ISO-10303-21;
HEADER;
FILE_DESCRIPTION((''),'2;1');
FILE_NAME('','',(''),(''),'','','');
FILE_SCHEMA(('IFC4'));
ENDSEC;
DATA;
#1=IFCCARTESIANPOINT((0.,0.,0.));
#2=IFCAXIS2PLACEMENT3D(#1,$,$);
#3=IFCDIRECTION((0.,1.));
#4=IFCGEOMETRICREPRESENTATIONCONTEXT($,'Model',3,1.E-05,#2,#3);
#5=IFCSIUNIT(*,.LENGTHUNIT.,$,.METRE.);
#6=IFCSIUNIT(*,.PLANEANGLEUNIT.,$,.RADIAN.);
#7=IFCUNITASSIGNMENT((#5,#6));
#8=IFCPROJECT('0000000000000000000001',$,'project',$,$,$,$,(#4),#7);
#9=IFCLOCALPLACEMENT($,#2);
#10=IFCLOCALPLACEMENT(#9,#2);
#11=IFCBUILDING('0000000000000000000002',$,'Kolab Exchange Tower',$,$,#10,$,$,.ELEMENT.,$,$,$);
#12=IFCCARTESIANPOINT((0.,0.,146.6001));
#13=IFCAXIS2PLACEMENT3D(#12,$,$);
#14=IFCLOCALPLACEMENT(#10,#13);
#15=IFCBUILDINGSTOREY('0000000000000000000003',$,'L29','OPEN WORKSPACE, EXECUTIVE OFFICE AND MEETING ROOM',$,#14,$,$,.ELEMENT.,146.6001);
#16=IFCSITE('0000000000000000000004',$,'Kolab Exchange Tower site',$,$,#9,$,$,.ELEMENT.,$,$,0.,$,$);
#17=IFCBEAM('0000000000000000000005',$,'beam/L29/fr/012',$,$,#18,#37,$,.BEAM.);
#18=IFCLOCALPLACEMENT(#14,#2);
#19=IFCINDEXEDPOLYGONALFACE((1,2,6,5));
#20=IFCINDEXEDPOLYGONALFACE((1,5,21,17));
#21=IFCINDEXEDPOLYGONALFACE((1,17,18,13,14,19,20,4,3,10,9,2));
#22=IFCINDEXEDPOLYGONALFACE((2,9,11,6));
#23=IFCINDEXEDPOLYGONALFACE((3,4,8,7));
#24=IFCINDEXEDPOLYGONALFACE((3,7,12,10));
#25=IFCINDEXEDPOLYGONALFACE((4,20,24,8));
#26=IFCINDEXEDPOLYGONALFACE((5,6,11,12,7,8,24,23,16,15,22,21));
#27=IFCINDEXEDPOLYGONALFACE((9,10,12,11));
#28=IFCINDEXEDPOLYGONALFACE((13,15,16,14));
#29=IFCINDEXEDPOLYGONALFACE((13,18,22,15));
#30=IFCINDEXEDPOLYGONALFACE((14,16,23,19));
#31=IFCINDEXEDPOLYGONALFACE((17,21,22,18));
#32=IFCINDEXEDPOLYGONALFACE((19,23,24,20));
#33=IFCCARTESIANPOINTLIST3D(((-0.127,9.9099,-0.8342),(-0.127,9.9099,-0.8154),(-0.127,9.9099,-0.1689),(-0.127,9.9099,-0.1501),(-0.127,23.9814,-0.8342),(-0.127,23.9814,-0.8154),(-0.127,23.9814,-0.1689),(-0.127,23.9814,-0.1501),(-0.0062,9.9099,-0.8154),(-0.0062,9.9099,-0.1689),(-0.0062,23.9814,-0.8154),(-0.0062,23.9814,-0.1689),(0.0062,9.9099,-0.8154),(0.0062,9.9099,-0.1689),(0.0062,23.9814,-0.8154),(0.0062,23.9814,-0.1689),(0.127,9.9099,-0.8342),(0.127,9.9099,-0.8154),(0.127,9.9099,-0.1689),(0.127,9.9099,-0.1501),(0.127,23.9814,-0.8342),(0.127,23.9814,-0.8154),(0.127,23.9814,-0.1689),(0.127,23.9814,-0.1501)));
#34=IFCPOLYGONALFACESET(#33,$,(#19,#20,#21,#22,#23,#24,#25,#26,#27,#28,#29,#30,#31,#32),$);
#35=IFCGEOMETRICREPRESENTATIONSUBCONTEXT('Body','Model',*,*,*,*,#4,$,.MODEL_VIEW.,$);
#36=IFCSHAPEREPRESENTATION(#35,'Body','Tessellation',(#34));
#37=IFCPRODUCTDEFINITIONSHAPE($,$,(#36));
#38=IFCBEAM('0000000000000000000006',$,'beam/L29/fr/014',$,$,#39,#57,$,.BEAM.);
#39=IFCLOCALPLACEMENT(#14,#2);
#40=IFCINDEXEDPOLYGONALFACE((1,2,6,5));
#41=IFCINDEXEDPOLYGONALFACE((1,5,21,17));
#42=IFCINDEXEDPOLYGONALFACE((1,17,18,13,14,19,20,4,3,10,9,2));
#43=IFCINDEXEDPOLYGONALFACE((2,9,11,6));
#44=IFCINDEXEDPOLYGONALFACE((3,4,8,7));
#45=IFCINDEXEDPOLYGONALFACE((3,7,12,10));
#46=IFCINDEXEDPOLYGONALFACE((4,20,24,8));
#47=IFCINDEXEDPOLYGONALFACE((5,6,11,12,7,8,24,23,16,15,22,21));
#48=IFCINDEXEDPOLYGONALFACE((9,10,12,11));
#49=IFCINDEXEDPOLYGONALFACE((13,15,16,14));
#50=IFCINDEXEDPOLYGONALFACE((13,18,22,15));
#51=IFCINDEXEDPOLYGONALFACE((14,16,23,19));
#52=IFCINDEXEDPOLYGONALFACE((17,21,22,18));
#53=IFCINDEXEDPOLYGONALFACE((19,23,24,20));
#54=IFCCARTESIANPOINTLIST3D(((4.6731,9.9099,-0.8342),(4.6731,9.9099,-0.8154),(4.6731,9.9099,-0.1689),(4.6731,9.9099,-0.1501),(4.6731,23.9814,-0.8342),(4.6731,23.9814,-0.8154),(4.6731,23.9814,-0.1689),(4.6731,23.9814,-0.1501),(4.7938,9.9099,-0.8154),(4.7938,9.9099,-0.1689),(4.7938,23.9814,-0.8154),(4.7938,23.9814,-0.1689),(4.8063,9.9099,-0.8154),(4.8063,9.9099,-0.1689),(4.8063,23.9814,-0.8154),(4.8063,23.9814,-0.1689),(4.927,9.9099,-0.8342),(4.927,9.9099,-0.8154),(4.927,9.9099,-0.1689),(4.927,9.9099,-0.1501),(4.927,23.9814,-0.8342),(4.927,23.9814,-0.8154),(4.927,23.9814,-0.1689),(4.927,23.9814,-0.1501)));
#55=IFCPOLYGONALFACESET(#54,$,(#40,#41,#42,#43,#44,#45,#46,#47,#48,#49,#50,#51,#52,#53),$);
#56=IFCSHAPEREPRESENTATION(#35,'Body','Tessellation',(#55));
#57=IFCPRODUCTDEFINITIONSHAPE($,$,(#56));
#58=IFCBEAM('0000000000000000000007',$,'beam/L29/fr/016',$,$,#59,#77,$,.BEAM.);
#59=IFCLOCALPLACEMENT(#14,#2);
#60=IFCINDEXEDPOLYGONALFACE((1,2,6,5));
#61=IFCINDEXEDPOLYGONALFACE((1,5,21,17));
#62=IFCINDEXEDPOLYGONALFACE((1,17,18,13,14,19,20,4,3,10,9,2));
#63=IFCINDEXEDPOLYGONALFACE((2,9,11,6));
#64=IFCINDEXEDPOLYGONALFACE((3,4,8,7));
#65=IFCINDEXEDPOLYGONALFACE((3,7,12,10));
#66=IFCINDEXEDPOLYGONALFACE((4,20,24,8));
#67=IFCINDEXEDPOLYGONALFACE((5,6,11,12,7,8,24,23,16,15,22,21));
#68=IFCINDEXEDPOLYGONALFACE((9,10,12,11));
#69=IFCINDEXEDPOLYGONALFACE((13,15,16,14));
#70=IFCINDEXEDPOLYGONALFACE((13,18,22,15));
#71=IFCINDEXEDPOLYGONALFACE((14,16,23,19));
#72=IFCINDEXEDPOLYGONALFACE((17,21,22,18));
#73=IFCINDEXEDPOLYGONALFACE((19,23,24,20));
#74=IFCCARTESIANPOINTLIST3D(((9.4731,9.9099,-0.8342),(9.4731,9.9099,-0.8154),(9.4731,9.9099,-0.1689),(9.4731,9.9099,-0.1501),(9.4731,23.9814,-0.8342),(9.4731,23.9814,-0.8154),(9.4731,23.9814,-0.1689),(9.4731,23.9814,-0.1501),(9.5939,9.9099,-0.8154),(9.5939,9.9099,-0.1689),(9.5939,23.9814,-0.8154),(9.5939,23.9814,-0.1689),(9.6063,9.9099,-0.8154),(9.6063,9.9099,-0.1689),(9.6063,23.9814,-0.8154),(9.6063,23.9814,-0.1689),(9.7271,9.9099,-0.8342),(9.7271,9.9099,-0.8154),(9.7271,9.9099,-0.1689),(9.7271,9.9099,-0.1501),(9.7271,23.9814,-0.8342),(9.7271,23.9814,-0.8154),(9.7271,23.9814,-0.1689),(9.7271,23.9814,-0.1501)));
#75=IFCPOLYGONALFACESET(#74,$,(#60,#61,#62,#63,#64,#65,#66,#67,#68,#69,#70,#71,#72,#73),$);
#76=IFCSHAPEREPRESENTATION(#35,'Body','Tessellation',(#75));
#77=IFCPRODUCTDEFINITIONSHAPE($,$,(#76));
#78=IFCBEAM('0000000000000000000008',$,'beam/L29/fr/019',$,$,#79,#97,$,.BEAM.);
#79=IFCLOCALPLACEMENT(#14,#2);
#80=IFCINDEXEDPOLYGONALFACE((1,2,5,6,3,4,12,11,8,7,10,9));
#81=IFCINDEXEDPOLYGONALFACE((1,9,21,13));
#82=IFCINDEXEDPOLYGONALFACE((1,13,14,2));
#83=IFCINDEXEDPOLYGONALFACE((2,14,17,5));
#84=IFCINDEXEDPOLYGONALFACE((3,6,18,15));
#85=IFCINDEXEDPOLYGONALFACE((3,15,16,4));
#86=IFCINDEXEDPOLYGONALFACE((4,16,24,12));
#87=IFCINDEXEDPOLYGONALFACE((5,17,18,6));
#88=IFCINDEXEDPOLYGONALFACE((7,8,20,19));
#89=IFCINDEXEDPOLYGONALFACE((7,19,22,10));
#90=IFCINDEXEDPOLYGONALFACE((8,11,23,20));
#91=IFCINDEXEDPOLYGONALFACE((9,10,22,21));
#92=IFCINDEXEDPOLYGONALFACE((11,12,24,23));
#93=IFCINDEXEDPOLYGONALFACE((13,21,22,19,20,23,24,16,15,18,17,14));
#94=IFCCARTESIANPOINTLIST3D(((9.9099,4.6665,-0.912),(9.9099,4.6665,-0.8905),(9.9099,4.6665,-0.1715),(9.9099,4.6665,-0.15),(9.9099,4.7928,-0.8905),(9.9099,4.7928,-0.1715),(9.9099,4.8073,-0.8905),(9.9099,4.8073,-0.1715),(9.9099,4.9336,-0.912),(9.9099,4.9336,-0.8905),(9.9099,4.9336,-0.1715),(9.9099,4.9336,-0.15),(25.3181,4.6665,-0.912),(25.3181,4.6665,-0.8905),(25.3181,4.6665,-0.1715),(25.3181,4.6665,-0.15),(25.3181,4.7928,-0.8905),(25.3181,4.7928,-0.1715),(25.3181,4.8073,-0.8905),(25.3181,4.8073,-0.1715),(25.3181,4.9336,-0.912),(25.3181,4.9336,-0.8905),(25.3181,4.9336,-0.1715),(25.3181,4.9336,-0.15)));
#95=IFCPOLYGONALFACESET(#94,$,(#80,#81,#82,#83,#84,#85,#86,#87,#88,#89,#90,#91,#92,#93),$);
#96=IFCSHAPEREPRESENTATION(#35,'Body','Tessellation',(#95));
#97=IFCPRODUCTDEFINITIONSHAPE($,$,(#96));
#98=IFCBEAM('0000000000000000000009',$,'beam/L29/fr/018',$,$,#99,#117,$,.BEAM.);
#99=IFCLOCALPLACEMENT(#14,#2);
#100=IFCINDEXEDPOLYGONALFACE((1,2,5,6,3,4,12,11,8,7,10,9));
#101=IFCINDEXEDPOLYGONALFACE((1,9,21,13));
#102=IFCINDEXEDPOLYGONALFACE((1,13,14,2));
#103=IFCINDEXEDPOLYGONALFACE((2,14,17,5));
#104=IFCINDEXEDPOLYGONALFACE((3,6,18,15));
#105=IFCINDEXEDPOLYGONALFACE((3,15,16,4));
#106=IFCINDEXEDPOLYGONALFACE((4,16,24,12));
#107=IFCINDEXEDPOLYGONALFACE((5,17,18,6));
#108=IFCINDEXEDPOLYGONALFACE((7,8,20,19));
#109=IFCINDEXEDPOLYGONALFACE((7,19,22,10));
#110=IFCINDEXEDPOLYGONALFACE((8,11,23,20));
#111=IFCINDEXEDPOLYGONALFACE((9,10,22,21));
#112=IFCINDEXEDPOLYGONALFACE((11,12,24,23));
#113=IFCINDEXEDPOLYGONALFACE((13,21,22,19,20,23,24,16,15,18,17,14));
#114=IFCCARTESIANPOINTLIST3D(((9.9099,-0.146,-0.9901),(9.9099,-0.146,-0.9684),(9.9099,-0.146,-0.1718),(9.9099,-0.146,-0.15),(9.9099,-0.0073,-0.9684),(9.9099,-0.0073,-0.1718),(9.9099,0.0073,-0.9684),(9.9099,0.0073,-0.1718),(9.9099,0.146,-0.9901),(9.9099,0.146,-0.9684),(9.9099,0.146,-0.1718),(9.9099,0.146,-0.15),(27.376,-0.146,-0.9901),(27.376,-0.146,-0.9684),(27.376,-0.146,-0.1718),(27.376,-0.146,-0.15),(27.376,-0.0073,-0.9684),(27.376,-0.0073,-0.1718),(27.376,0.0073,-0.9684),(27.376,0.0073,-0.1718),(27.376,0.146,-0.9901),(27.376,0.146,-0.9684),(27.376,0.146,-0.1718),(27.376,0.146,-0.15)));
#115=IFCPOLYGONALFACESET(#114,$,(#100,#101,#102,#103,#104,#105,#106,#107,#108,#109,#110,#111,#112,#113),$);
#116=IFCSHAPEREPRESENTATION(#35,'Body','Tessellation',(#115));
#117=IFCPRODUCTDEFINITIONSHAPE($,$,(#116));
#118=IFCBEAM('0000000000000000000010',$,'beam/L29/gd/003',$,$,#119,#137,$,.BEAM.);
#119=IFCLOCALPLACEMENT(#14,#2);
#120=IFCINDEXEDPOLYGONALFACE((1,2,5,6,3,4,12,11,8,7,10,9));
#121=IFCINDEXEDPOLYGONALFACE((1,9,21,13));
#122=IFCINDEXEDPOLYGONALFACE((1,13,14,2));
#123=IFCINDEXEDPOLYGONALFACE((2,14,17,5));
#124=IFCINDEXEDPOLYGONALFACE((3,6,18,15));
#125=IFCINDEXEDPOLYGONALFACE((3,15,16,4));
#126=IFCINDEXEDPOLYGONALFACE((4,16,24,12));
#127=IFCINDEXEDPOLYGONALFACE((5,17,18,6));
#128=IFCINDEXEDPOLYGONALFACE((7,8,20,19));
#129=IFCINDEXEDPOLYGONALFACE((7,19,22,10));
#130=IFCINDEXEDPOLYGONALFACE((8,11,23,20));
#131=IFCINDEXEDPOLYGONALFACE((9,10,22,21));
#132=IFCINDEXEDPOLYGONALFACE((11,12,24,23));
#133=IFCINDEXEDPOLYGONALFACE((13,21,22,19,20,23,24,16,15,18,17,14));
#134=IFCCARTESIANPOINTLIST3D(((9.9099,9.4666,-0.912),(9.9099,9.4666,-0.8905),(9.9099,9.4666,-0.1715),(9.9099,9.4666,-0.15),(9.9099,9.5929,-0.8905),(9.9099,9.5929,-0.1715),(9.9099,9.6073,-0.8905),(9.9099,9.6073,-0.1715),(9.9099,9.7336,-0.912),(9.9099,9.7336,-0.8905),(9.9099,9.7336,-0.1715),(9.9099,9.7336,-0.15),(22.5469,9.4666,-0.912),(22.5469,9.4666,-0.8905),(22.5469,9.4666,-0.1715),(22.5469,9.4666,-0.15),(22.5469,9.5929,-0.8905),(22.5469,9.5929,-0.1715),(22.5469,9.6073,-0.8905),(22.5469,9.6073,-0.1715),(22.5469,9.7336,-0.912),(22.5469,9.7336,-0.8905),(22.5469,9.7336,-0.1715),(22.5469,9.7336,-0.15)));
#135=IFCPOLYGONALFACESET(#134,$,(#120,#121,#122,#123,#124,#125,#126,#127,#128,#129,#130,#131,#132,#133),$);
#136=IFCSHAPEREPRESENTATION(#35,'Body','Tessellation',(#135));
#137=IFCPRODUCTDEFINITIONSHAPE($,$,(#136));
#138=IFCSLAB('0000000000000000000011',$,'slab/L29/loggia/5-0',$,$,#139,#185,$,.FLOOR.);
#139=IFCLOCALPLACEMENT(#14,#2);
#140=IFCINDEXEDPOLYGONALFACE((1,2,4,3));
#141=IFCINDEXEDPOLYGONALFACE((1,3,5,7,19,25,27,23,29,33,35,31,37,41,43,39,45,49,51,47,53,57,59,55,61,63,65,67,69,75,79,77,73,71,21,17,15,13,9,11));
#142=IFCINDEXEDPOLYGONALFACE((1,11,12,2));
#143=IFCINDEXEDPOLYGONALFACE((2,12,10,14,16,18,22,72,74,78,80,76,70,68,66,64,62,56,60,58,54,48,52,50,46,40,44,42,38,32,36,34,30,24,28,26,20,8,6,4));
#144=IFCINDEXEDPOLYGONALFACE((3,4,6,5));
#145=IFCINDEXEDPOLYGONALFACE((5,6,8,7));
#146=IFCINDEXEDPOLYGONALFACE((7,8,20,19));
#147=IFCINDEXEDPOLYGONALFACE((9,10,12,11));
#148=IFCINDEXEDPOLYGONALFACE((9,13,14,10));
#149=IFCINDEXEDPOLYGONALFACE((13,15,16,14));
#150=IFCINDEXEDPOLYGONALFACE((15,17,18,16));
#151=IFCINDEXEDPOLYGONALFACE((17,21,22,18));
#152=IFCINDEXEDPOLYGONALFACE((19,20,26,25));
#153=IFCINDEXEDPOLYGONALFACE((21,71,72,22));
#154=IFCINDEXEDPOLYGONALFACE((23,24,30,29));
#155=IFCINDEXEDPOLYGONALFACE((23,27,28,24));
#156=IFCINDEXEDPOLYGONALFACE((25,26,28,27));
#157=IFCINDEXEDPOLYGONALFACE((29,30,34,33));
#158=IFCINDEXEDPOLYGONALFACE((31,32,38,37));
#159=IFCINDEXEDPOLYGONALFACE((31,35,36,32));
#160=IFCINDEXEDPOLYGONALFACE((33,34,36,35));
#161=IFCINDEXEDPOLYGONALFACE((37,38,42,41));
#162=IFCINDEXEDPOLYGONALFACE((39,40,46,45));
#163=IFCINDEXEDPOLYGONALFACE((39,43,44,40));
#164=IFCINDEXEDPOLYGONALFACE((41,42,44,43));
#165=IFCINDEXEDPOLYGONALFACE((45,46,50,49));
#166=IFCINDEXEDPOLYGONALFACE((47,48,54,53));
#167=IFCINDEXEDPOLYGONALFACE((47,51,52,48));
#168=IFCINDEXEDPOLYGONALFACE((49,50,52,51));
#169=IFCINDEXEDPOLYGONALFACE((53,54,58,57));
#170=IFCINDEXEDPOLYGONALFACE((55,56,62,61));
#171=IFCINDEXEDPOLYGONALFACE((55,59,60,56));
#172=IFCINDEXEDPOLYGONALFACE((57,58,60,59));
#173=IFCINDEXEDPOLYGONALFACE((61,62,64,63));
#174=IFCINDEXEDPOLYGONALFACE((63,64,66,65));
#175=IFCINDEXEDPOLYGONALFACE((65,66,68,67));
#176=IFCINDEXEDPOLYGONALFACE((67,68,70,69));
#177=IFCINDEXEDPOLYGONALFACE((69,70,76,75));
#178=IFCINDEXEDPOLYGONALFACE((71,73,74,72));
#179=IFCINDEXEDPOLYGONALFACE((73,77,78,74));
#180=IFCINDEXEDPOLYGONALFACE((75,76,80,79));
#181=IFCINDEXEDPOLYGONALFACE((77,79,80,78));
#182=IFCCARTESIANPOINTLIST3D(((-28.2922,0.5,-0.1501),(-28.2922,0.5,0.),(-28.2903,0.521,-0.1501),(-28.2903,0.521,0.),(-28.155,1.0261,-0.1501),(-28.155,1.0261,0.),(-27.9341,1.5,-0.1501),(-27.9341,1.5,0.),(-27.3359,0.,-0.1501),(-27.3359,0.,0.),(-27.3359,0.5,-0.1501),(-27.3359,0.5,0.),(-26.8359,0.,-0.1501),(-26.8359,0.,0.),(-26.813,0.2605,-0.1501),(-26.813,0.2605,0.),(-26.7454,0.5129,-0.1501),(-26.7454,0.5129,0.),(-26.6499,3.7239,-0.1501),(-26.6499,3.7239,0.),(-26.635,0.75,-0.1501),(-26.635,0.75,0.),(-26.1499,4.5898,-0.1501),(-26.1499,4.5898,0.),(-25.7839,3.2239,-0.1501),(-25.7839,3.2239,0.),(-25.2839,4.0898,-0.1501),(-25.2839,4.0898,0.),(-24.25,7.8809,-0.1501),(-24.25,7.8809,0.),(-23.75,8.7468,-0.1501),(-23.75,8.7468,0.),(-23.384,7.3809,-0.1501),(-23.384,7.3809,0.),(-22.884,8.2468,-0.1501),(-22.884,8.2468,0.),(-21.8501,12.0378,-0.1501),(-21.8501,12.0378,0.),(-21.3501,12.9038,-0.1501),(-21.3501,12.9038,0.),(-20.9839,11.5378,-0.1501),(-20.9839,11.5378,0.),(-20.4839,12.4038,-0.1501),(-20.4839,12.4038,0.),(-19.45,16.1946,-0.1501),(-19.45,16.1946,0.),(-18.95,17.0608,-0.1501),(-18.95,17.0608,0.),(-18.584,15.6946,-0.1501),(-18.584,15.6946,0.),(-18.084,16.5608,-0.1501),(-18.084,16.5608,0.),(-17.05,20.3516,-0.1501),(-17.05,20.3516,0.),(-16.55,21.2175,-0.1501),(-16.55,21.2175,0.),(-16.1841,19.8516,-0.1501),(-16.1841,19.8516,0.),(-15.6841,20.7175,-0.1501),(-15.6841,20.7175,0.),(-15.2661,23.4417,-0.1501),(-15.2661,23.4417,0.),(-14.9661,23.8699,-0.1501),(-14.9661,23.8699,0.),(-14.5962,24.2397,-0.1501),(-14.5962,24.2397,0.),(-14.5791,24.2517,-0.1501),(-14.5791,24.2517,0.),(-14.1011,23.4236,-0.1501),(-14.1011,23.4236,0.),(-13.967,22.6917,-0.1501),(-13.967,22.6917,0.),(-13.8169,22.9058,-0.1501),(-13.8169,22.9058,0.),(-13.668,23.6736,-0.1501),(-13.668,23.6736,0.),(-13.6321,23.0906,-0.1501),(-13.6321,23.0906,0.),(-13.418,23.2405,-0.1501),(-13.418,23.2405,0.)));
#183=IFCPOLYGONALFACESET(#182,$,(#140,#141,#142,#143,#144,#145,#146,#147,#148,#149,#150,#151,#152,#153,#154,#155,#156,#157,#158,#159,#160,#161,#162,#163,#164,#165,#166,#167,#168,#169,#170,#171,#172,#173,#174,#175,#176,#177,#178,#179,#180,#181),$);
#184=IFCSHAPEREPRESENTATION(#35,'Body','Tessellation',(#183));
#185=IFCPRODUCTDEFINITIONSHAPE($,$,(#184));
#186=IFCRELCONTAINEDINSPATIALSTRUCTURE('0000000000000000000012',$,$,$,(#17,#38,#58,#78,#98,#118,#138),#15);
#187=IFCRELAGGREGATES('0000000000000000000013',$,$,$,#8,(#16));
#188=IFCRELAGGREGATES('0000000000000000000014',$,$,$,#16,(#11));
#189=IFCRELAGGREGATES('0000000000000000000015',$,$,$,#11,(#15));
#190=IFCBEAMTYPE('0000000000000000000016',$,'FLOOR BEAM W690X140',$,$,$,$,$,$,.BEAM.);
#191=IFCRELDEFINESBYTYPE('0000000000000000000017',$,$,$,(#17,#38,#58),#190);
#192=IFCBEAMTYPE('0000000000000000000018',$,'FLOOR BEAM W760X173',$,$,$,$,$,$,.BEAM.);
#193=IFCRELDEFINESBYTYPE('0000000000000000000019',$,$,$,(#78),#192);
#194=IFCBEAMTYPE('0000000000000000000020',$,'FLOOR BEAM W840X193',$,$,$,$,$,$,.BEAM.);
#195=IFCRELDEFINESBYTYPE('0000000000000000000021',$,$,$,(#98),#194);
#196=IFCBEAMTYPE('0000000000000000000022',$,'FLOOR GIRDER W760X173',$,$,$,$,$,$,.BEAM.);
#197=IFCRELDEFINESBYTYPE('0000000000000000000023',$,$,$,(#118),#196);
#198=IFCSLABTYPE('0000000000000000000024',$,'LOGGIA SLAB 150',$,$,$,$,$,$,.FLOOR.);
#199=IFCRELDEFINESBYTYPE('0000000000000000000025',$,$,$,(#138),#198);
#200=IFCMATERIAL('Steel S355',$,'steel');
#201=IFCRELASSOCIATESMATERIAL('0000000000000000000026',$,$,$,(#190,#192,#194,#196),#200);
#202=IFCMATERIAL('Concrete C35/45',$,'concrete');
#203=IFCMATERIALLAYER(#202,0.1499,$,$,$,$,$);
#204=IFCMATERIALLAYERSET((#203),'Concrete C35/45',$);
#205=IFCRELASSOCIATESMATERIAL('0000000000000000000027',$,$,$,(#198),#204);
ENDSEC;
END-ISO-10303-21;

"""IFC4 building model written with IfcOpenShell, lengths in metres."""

from ifc_helpers import new_model, si_unit, direction, frame, origin, origin_2d, place, context, subcontext, project, spatial, polyline, i_section, outline, extrude, material, layer, layer_set, material_profile, profile_set, type_object, element, save


model = new_model("IFC4")

# Units and contexts
model_context = context("Model", 3, precision=1e-05, world=origin(), true_north=direction((0.0, 1.0)))
body_context = subcontext(model_context, "Body", "Model", "MODEL_VIEW")
ifc_project = project(units=[si_unit("LENGTHUNIT", "METRE"), si_unit("PLANEANGLEUNIT", "RADIAN")], contexts=[model_context])

# Site, building, storey
site_placement = place(None, origin())
site = spatial("IfcSite", under=ifc_project, at=site_placement, Name="Kolab Exchange Tower site", CompositionType="ELEMENT", RefElevation=0.0)
building_placement = place(site_placement, origin())
building = spatial("IfcBuilding", under=site, at=building_placement, Name="Kolab Exchange Tower", CompositionType="ELEMENT")
storey_placement = place(building_placement, frame((0.0, 0.0, 146.6001)))
storey = spatial("IfcBuildingStorey", under=building, at=storey_placement, Name="L29", Description="OPEN WORKSPACE, EXECUTIVE OFFICE AND MEETING ROOM", CompositionType="ELEMENT", Elevation=146.6001)

# Beams
ifc_material_1 = material(Name="Steel S355", Category="steel")
ifc_material_profile_1 = material_profile(ifc_material_1, i_section(OverallWidth=0.2539, OverallDepth=0.6841, WebThickness=0.0125, FlangeThickness=0.0188, at=origin_2d()), Name="W690X140")
ifc_profile_set_1 = profile_set([ifc_material_profile_1], Name="Steel S355")
beam_type_1 = type_object("IfcBeamType", Name="FLOOR BEAM W690X140", PredefinedType="BEAM", material=ifc_profile_set_1)
for number, where, z_axis, x_axis, name in (
    (1, (0.0, 9.9099, -0.4922), (0.0, 1.0, 0.0), (-1.0, 0.0, 0.0), "beam/L29/fr/012"),
    (2, (4.8, 9.9099, -0.4922), (0.0, 1.0, 0.0), (-1.0, 0.0, 0.0), "beam/L29/fr/014"),
    (3, (9.6001, 9.9099, -0.4922), (0.0, 1.0, 0.0), (-1.0, 0.0, 0.0), "beam/L29/fr/016"),
):
    element("IfcBeam", number, at=place(storey_placement, frame(where, z_axis=z_axis, x_axis=x_axis)), inside=storey, type_object=beam_type_1, Name=name, PredefinedType="BEAM", context=body_context, shape_type="SweptSolid", body=[
        extrude(i_section(OverallWidth=0.2539, OverallDepth=0.6841, WebThickness=0.0125, FlangeThickness=0.0188, at=origin_2d()), origin(), (0.0, 0.0, 1.0), 14.0715),
    ])
ifc_material_profile_2 = material_profile(ifc_material_1, i_section(OverallWidth=0.2671, OverallDepth=0.762, WebThickness=0.0144, FlangeThickness=0.0215, at=origin_2d()), Name="W760X173")
ifc_profile_set_2 = profile_set([ifc_material_profile_2], Name="Steel S355")
beam_type_2 = type_object("IfcBeamType", Name="FLOOR BEAM W760X173", PredefinedType="BEAM", material=ifc_profile_set_2)
beam_1_placement = place(storey_placement, frame((9.9099, 4.8, -0.531), z_axis=(1.0, 0.0, 0.0), x_axis=(0.0, 1.0, 0.0)))
element("IfcBeam", 4, at=beam_1_placement, inside=storey, type_object=beam_type_2, Name="beam/L29/fr/019", PredefinedType="BEAM", context=body_context, shape_type="SweptSolid", body=[
    extrude(i_section(OverallWidth=0.2671, OverallDepth=0.762, WebThickness=0.0144, FlangeThickness=0.0215, at=origin_2d()), origin(), (0.0, 0.0, 1.0), 15.4082),
])
ifc_material_profile_3 = material_profile(ifc_material_1, i_section(OverallWidth=0.292, OverallDepth=0.8401, WebThickness=0.0146, FlangeThickness=0.0217, at=origin_2d()), Name="W840X193")
ifc_profile_set_3 = profile_set([ifc_material_profile_3], Name="Steel S355")
beam_type_3 = type_object("IfcBeamType", Name="FLOOR BEAM W840X193", PredefinedType="BEAM", material=ifc_profile_set_3)
beam_2_placement = place(storey_placement, frame((9.9099, 0.0, -0.5701), z_axis=(1.0, 0.0, 0.0), x_axis=(0.0, 1.0, 0.0)))
element("IfcBeam", 5, at=beam_2_placement, inside=storey, type_object=beam_type_3, Name="beam/L29/fr/018", PredefinedType="BEAM", context=body_context, shape_type="SweptSolid", body=[
    extrude(i_section(OverallWidth=0.292, OverallDepth=0.8401, WebThickness=0.0146, FlangeThickness=0.0217, at=origin_2d()), origin(), (0.0, 0.0, 1.0), 17.4661),
])
ifc_material_profile_4 = material_profile(ifc_material_1, i_section(OverallWidth=0.2671, OverallDepth=0.762, WebThickness=0.0144, FlangeThickness=0.0215, at=origin_2d()), Name="W760X173")
ifc_profile_set_4 = profile_set([ifc_material_profile_4], Name="Steel S355")
beam_type_4 = type_object("IfcBeamType", Name="FLOOR GIRDER W760X173", PredefinedType="BEAM", material=ifc_profile_set_4)
beam_3_placement = place(storey_placement, frame((9.9099, 9.6001, -0.531), z_axis=(1.0, 0.0, 0.0), x_axis=(0.0, 1.0, 0.0)))
element("IfcBeam", 6, at=beam_3_placement, inside=storey, type_object=beam_type_4, Name="beam/L29/gd/003", PredefinedType="BEAM", context=body_context, shape_type="SweptSolid", body=[
    extrude(i_section(OverallWidth=0.2671, OverallDepth=0.762, WebThickness=0.0144, FlangeThickness=0.0215, at=origin_2d()), origin(), (0.0, 0.0, 1.0), 12.637),
])

# Slab
ifc_material_2 = material(Name="Concrete C35/45", Category="concrete")
ifc_layer_1 = layer(ifc_material_2, 0.1499)
ifc_layer_set_1 = layer_set([ifc_layer_1], Name="Concrete C35/45")
slab_type_1 = type_object("IfcSlabType", Name="LOGGIA SLAB 150", PredefinedType="FLOOR", material=ifc_layer_set_1)
slab_1_placement = place(storey_placement, frame((0.0, 0.0, -0.1501)))
element("IfcSlab", 7, at=slab_1_placement, inside=storey, type_object=slab_type_1, Name="slab/L29/loggia/5-0", PredefinedType="FLOOR", context=body_context, shape_type="SweptSolid", body=[
    extrude(outline(polyline([(-13.418, 23.2405), (-13.668, 23.6736), (-14.1011, 23.4236), (-14.5791, 24.2517), (-14.5962, 24.2397), (-14.9661, 23.8699), (-15.2661, 23.4417), (-16.55, 21.2175), (-15.6841, 20.7175), (-16.1841, 19.8516), (-17.05, 20.3516), (-18.95, 17.0608), (-18.084, 16.5608), (-18.584, 15.6946), (-19.45, 16.1946), (-21.3501, 12.9038), (-20.4839, 12.4038), (-20.9839, 11.5378), (-21.8501, 12.0378), (-23.75, 8.7468), (-22.884, 8.2468), (-23.384, 7.3809), (-24.25, 7.8809), (-26.1499, 4.5898), (-25.2839, 4.0898), (-25.7839, 3.2239), (-26.6499, 3.7239), (-27.9341, 1.5), (-28.155, 1.0261), (-28.2903, 0.521), (-28.2922, 0.5), (-27.3359, 0.5), (-27.3359, 0.0), (-26.8359, 0.0), (-26.813, 0.2605), (-26.7454, 0.5129), (-26.635, 0.75), (-13.967, 22.6917), (-13.8169, 22.9058), (-13.6321, 23.0906), (-13.418, 23.2405)])), origin(), (0.0, 0.0, 1.0), 0.1501),
])

save(model, "model.ifc")
